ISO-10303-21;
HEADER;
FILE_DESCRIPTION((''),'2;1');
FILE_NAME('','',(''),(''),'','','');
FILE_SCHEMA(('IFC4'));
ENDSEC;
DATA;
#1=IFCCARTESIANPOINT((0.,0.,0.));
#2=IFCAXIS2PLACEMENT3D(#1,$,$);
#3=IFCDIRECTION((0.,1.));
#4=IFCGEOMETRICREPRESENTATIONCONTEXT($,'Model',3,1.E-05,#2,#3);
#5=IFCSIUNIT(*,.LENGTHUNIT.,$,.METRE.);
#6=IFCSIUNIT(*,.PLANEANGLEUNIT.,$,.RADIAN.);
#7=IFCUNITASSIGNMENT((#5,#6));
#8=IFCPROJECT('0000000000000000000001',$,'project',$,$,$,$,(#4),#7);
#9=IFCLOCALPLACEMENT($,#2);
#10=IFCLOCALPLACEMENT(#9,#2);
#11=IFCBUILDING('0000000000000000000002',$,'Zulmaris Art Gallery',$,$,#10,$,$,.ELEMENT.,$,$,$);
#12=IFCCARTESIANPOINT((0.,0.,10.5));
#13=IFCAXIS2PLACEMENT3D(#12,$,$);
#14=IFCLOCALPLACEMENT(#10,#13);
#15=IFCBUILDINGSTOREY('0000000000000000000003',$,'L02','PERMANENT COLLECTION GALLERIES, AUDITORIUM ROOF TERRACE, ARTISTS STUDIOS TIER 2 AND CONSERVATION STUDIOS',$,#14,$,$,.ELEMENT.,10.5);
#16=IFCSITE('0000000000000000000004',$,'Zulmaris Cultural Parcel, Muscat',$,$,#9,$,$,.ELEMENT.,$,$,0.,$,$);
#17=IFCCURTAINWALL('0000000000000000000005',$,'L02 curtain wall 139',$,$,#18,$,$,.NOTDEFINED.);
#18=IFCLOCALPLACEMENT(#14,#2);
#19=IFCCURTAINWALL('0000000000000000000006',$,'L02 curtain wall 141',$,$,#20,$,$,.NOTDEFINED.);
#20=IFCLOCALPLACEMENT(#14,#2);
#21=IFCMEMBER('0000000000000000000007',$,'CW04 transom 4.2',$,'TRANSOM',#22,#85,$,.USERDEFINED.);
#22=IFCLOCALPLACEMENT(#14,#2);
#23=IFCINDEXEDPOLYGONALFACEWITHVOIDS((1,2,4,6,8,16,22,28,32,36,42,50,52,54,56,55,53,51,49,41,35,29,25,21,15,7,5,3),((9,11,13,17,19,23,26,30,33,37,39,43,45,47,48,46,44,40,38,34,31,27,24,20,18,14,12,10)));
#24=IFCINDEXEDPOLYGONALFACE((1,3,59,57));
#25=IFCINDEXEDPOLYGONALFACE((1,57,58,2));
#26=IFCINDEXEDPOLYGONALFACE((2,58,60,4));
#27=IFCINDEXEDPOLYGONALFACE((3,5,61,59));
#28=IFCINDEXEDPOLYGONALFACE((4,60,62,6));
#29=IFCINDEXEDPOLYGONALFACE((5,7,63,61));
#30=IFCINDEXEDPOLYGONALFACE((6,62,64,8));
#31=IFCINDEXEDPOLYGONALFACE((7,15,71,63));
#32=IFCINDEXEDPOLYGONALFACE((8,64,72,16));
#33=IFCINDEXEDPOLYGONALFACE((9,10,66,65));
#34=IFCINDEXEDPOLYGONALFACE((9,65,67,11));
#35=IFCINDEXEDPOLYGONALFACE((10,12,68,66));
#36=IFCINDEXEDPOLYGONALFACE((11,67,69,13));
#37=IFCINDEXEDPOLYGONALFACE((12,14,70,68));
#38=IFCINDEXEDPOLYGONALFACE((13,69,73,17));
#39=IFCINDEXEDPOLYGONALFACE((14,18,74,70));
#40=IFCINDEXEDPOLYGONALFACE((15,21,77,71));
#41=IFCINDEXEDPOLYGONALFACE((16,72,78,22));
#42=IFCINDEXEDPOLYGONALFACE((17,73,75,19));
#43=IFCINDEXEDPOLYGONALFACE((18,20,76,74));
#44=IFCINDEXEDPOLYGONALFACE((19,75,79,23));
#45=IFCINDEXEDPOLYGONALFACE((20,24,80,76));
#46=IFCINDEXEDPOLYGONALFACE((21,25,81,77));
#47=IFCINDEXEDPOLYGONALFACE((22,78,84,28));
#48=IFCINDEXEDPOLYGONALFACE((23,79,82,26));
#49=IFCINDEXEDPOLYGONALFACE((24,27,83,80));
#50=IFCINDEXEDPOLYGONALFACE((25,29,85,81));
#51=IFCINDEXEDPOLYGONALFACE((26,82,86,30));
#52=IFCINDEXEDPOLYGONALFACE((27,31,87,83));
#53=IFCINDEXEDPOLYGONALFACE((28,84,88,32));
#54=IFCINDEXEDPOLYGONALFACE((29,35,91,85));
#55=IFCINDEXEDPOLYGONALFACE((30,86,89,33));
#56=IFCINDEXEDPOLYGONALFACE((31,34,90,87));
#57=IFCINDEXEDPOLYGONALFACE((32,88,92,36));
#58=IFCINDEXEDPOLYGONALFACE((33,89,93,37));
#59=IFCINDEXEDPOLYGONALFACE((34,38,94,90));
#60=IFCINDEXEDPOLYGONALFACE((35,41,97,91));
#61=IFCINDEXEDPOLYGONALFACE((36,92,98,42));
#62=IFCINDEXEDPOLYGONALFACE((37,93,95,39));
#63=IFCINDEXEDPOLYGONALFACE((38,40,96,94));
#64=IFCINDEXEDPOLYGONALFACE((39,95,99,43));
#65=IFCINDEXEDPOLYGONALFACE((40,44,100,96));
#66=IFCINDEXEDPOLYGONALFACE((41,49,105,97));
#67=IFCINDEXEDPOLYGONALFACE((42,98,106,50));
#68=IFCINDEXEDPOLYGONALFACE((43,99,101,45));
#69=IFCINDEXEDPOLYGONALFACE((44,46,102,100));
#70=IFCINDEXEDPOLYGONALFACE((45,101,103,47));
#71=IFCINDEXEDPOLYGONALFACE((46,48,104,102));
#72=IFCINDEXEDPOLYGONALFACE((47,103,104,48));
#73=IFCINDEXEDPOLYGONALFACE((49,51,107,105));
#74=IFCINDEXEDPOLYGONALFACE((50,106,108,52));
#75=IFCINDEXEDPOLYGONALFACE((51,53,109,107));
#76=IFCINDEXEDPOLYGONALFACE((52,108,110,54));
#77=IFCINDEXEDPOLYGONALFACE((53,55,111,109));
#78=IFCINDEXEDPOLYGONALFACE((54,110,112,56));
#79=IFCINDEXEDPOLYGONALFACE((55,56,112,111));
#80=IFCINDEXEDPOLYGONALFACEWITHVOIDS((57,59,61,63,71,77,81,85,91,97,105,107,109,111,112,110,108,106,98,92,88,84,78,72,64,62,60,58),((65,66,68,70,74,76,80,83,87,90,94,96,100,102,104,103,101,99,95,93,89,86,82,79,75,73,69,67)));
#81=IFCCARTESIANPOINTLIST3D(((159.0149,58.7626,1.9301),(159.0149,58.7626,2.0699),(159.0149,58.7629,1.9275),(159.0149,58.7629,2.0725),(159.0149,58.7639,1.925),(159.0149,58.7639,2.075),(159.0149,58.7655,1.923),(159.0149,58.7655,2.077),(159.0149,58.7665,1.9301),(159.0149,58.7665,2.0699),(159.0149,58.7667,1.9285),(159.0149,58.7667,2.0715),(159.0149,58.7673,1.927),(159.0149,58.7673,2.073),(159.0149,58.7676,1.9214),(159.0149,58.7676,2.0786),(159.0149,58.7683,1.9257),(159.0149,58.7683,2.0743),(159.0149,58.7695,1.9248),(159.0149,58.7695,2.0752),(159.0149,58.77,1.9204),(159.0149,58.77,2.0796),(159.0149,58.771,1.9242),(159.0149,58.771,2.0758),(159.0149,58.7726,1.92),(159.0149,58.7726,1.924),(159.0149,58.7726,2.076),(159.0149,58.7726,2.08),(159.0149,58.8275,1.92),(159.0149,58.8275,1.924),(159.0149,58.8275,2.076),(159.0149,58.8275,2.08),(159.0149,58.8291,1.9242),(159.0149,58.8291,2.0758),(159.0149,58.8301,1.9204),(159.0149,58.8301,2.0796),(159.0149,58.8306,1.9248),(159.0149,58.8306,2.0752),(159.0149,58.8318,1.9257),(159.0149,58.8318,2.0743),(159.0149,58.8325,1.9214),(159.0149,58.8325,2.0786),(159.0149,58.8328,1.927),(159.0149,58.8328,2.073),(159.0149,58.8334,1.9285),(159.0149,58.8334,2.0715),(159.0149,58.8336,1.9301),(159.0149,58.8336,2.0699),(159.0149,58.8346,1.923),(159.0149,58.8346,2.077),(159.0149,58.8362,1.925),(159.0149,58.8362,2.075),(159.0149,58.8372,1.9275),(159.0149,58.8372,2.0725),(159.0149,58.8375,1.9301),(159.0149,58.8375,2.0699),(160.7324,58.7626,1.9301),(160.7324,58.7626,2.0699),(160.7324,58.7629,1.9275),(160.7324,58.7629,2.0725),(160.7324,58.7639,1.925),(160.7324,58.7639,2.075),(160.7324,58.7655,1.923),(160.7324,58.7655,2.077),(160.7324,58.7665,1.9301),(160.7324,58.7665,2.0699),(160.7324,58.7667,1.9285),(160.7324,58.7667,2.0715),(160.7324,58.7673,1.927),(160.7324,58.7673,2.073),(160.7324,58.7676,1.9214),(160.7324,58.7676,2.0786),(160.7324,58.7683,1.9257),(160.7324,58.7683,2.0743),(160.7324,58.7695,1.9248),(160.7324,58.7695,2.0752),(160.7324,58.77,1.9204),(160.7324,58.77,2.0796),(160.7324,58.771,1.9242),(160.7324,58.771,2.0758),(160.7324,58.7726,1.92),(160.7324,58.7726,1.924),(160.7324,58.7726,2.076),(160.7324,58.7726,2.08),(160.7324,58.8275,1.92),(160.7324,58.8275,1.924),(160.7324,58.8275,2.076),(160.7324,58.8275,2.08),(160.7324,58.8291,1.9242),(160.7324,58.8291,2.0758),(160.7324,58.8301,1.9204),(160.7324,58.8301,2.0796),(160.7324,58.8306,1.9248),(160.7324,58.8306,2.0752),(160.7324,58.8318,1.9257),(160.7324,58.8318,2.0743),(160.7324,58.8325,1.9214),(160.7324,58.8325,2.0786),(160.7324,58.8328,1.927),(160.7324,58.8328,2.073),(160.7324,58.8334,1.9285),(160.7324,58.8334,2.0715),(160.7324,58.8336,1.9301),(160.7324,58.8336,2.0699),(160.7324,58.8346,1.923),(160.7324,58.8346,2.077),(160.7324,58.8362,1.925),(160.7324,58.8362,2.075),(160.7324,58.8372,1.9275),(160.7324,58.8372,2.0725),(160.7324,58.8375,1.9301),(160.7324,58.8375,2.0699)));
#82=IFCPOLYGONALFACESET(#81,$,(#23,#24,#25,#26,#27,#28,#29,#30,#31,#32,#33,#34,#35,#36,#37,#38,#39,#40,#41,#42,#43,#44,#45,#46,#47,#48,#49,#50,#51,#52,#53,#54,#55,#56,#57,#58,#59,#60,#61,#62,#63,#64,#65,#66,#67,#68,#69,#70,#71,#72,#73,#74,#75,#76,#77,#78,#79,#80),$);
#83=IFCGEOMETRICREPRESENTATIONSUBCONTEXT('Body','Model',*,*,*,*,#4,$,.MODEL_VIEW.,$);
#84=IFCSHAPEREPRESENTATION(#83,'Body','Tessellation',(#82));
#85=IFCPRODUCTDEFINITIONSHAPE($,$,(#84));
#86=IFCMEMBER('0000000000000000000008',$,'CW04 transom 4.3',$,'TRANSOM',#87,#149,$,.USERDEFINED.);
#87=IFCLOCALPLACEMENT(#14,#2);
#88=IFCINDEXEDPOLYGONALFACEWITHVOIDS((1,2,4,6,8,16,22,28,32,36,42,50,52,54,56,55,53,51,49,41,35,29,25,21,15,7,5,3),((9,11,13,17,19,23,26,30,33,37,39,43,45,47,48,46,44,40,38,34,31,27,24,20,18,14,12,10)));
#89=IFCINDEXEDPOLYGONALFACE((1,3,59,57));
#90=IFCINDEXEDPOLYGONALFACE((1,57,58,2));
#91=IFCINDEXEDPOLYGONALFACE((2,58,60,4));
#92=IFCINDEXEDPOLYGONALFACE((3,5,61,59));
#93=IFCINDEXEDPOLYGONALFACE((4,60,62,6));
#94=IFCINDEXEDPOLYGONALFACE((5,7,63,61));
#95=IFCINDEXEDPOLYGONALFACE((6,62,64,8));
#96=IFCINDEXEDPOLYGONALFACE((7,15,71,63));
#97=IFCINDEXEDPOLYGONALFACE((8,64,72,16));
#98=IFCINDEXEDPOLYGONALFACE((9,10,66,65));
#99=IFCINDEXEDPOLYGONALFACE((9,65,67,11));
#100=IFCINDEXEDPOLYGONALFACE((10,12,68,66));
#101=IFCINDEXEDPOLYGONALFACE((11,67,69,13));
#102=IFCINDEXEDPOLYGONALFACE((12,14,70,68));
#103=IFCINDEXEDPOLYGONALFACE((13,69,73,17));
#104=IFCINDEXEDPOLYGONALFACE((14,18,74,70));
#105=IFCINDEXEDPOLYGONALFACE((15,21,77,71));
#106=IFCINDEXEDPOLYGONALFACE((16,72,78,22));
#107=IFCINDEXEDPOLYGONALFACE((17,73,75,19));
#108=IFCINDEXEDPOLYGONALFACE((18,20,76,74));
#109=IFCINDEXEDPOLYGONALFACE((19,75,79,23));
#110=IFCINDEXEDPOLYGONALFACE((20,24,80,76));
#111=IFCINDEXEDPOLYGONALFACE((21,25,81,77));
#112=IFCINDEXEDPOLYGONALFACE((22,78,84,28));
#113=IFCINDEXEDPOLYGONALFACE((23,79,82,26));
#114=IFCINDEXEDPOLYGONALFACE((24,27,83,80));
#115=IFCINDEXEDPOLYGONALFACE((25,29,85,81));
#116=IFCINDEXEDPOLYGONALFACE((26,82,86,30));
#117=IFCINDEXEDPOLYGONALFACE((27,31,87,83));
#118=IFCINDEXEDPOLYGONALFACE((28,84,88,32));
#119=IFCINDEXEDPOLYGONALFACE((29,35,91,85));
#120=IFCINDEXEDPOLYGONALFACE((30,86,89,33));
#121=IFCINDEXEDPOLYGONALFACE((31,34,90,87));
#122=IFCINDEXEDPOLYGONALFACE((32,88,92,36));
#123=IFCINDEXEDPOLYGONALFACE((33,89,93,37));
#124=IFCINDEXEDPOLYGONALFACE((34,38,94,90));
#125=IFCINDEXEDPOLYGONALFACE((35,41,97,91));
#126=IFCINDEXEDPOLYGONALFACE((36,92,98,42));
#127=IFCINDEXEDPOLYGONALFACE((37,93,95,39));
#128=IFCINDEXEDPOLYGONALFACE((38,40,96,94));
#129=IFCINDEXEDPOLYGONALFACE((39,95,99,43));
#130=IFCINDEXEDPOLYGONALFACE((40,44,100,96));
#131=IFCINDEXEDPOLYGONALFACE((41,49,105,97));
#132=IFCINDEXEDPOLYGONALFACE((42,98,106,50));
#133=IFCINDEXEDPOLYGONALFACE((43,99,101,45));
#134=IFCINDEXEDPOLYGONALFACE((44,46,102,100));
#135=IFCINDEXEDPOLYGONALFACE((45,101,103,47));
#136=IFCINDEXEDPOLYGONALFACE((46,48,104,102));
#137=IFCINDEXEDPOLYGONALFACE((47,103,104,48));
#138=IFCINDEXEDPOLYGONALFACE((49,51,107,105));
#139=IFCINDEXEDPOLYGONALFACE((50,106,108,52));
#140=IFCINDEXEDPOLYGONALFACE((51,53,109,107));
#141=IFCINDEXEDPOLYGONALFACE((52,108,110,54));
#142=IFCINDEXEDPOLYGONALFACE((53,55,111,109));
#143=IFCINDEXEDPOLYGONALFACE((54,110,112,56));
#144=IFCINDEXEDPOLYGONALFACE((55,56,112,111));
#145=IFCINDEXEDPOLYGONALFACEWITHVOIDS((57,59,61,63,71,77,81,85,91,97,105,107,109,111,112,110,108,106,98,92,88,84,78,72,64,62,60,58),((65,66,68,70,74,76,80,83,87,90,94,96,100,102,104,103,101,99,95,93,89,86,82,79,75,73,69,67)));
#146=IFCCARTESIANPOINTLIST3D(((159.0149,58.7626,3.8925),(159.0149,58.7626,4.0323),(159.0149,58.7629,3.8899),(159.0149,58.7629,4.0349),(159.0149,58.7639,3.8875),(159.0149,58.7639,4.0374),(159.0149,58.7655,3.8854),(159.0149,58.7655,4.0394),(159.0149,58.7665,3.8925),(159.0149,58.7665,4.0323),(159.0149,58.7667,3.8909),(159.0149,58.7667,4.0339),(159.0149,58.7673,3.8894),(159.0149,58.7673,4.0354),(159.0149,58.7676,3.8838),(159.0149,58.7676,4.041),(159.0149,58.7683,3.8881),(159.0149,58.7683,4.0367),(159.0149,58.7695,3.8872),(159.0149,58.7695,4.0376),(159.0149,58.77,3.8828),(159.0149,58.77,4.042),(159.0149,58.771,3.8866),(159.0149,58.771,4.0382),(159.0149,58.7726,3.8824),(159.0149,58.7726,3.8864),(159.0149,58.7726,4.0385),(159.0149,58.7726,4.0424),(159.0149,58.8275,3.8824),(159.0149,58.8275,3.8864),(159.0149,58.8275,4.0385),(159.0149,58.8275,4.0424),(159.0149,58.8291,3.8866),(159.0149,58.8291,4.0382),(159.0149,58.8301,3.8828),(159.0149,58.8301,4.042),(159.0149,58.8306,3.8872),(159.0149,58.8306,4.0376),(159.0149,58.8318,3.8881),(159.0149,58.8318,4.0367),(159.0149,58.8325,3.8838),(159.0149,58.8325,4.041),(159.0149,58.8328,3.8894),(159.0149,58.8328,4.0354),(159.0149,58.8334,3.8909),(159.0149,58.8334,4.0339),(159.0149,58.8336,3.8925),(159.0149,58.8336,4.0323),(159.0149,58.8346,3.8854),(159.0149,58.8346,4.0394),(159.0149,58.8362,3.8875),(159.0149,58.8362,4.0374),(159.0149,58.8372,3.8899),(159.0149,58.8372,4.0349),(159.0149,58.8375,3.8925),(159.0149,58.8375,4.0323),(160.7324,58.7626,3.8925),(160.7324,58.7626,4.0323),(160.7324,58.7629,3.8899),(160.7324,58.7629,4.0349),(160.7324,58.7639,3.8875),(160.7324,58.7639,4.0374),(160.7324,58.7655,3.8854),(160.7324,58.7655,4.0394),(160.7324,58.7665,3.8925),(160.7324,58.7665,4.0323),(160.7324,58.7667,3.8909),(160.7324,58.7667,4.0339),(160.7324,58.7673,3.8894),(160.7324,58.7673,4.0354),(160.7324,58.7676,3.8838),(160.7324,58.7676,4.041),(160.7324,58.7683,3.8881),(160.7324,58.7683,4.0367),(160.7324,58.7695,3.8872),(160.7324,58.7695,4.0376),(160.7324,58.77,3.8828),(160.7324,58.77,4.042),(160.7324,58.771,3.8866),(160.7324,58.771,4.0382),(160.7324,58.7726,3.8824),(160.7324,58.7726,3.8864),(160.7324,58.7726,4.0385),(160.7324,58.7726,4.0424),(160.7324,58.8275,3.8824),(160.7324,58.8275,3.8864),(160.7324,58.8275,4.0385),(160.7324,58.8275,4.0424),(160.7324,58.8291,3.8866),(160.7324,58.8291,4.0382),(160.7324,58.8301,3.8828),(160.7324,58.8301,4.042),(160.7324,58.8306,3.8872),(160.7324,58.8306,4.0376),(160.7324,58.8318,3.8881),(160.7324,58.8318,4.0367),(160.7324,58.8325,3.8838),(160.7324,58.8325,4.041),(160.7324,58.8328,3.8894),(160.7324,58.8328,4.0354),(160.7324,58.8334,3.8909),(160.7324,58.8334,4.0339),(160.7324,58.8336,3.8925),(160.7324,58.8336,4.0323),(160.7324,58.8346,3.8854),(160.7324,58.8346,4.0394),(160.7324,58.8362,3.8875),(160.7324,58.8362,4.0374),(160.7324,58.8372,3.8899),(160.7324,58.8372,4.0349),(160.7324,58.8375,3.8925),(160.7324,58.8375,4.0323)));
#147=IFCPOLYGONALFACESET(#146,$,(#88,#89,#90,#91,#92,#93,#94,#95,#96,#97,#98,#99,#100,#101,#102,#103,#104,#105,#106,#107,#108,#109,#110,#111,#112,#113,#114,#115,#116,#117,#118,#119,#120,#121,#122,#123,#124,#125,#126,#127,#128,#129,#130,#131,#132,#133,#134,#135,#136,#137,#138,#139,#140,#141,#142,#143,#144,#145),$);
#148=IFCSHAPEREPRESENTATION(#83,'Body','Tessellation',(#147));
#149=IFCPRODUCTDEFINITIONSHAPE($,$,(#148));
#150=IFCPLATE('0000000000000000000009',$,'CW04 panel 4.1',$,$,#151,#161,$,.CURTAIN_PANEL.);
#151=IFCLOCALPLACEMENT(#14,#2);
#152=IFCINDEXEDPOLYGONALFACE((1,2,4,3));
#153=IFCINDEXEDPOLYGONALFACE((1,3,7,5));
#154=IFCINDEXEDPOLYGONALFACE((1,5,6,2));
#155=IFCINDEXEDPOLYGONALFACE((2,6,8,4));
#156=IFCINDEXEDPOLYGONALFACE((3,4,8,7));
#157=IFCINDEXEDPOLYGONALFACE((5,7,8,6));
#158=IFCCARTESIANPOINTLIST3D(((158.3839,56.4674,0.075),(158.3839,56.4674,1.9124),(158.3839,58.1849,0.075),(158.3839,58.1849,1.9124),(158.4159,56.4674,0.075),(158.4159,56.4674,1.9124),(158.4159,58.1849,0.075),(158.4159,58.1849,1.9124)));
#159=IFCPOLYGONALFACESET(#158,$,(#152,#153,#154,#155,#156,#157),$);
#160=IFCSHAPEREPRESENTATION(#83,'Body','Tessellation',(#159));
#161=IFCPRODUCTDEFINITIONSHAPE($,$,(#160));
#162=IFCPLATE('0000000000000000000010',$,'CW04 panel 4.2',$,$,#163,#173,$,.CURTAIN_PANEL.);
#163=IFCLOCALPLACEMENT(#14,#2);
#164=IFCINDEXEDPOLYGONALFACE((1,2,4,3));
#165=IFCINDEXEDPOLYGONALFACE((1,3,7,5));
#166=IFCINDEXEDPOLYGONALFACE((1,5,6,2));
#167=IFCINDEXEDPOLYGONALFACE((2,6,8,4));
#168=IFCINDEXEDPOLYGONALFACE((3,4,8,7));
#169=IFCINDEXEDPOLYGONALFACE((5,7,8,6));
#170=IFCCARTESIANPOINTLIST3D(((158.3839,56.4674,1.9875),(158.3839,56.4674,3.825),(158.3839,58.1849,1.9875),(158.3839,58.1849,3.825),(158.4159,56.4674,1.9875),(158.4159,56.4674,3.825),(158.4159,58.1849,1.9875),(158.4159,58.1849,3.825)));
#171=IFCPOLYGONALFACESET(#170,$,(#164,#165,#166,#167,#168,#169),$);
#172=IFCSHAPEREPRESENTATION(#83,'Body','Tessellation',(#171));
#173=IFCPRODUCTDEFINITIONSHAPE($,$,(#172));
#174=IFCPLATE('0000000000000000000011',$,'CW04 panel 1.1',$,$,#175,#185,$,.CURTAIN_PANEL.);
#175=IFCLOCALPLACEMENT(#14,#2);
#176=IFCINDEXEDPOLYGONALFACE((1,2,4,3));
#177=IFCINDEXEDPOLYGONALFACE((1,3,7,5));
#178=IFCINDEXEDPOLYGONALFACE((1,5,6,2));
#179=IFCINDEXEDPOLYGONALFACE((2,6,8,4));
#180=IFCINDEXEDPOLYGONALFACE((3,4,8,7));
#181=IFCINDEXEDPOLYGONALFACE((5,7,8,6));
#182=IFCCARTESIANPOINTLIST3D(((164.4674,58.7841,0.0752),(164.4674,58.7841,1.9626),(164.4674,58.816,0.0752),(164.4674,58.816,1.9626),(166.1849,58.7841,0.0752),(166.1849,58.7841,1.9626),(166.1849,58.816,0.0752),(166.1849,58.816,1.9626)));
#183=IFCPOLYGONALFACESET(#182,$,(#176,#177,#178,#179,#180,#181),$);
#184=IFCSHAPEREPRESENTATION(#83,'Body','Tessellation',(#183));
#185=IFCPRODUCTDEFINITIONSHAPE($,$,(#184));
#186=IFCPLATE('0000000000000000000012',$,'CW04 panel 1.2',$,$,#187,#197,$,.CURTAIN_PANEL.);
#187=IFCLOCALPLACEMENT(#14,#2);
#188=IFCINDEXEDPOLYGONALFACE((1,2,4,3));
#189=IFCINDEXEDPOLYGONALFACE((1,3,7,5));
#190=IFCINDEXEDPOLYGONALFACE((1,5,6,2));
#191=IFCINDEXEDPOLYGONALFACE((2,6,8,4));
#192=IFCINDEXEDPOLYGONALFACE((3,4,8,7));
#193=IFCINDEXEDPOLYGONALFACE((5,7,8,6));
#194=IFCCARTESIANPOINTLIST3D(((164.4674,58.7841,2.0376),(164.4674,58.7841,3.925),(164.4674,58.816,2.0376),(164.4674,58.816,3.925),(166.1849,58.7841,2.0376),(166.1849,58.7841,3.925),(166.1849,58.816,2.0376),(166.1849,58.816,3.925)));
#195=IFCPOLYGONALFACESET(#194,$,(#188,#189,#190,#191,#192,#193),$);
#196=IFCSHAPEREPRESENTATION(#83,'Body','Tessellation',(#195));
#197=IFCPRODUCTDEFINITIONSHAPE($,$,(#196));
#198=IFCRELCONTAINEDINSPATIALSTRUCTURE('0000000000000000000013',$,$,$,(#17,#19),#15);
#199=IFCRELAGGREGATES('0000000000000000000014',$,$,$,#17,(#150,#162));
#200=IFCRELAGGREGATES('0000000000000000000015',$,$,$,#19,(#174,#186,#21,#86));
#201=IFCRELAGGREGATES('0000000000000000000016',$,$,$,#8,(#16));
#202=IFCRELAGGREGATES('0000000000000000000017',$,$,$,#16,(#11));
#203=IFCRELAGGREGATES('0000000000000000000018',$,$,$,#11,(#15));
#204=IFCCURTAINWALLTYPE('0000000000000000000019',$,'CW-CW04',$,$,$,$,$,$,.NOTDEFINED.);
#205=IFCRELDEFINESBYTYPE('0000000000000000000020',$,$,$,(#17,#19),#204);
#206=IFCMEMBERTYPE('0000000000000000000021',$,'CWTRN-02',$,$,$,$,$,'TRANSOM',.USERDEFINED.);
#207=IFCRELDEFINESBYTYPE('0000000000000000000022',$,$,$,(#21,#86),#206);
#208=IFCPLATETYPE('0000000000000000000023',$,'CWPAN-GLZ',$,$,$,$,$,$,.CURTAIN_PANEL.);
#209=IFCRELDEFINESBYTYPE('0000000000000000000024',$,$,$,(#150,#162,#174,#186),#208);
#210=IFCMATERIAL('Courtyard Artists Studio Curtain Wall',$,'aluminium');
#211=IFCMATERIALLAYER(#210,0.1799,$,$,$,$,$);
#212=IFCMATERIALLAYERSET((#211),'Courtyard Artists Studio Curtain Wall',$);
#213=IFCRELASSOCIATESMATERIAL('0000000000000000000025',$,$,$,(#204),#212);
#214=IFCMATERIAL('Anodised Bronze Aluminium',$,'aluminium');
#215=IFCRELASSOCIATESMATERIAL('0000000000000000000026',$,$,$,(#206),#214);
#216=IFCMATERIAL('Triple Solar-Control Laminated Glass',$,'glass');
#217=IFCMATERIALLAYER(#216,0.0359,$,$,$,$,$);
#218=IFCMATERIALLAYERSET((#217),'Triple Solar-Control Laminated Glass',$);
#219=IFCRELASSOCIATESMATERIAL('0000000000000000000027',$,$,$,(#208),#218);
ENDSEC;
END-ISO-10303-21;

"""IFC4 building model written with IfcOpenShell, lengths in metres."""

from ifc_helpers import new_model, si_unit, direction, frame, origin, origin_2d, place, context, subcontext, project, spatial, rectangle, hollow_rectangle, extrude, material, layer, layer_set, material_profile, profile_set, type_object, element, aggregate, save


model = new_model("IFC4")

# Units and contexts
model_context = context("Model", 3, precision=1e-05, world=origin(), true_north=direction((0.0, 1.0)))
body_context = subcontext(model_context, "Body", "Model", "MODEL_VIEW")
ifc_project = project(units=[si_unit("LENGTHUNIT", "METRE"), si_unit("PLANEANGLEUNIT", "RADIAN")], contexts=[model_context])

# Site, building, storey
site_placement = place(None, origin())
site = spatial("IfcSite", under=ifc_project, at=site_placement, Name="Zulmaris Cultural Parcel, Muscat", CompositionType="ELEMENT", RefElevation=0.0)
building_placement = place(site_placement, origin())
building = spatial("IfcBuilding", under=site, at=building_placement, Name="Zulmaris Art Gallery", CompositionType="ELEMENT")
storey_placement = place(building_placement, frame((0.0, 0.0, 10.5)))
storey = spatial("IfcBuildingStorey", under=building, at=storey_placement, Name="L02", Description="PERMANENT COLLECTION GALLERIES, AUDITORIUM ROOF TERRACE, ARTISTS STUDIOS TIER 2 AND CONSERVATION STUDIOS", CompositionType="ELEMENT", Elevation=10.5)

# Curtain wall
ifc_material_1 = material(Name="Courtyard Artists Studio Curtain Wall", Category="aluminium")
ifc_layer_1 = layer(ifc_material_1, 0.1799)
ifc_layer_set_1 = layer_set([ifc_layer_1], Name="Courtyard Artists Studio Curtain Wall")
curtain_wall_type = type_object("IfcCurtainWallType", Name="CW-CW04", PredefinedType="NOTDEFINED", material=ifc_layer_set_1)
curtain_wall_1_placement = place(storey_placement, origin())
curtain_wall_1 = element("IfcCurtainWall", 1, at=curtain_wall_1_placement, inside=storey, type_object=curtain_wall_type, Name="L02 curtain wall 139", PredefinedType="NOTDEFINED")
ifc_material_2 = material(Name="Anodised Bronze Aluminium", Category="aluminium")

# Curtain wall
curtain_wall_2_placement = place(storey_placement, origin())
curtain_wall_2 = element("IfcCurtainWall", 2, at=curtain_wall_2_placement, inside=storey, type_object=curtain_wall_type, Name="L02 curtain wall 141", PredefinedType="NOTDEFINED")

# Members
ifc_material_profile_1 = material_profile(ifc_material_2, hollow_rectangle(XDim=0.075, YDim=0.1599, WallThickness=0.0039, InnerFilletRadius=0.0061, OuterFilletRadius=0.01, at=origin_2d()), Name="ALU 75x160x4")
ifc_profile_set_1 = profile_set([ifc_material_profile_1], Name="Anodised Bronze Aluminium")
member_type_1 = type_object("IfcMemberType", Name="CWTRN-02", ElementType="TRANSOM", PredefinedType="USERDEFINED", material=ifc_profile_set_1)
member_1_placement = place(storey_placement, frame((160.7324, 58.8, 2.0), z_axis=(-1.0, 0.0, 0.0), x_axis=(0.0, -1.0, 0.0)))
member_1 = element("IfcMember", 3, at=member_1_placement, type_object=member_type_1, Name="CW04 transom 4.2", ObjectType="TRANSOM", PredefinedType="USERDEFINED", context=body_context, shape_type="SweptSolid", body=[
    extrude(hollow_rectangle(XDim=0.075, YDim=0.1599, WallThickness=0.0039, InnerFilletRadius=0.0061, OuterFilletRadius=0.01, at=origin_2d()), origin(), (0.0, 0.0, 1.0), 1.7175),
])
member_2_placement = place(storey_placement, frame((160.7324, 58.8, 3.9624), z_axis=(-1.0, 0.0, 0.0), x_axis=(0.0, -1.0, 0.0)))
member_2 = element("IfcMember", 4, at=member_2_placement, type_object=member_type_1, Name="CW04 transom 4.3", ObjectType="TRANSOM", PredefinedType="USERDEFINED", context=body_context, shape_type="SweptSolid", body=[
    extrude(hollow_rectangle(XDim=0.075, YDim=0.1599, WallThickness=0.0039, InnerFilletRadius=0.0061, OuterFilletRadius=0.01, at=origin_2d()), origin(), (0.0, 0.0, 1.0), 1.7175),
])

# Plates
ifc_material_3 = material(Name="Triple Solar-Control Laminated Glass", Category="glass")
ifc_layer_2 = layer(ifc_material_3, 0.0359)
ifc_layer_set_2 = layer_set([ifc_layer_2], Name="Triple Solar-Control Laminated Glass")
plate_type = type_object("IfcPlateType", Name="CWPAN-GLZ", PredefinedType="CURTAIN_PANEL", material=ifc_layer_set_2)
plate_1_placement = place(storey_placement, frame((158.3999, 57.3262, 0.075), z_axis=(0.0, 0.0, 1.0), x_axis=(0.0, 1.0, 0.0)))
plate_1 = element("IfcPlate", 5, at=plate_1_placement, type_object=plate_type, Name="CW04 panel 4.1", PredefinedType="CURTAIN_PANEL", context=body_context, shape_type="SweptSolid", body=[
    extrude(rectangle(XDim=1.7175, YDim=0.032, at=origin_2d()), origin(), (0.0, 0.0, 1.0), 1.8374),
])
plate_2_placement = place(storey_placement, frame((158.3999, 57.3262, 1.9875), z_axis=(0.0, 0.0, 1.0), x_axis=(0.0, 1.0, 0.0)))
plate_2 = element("IfcPlate", 6, at=plate_2_placement, type_object=plate_type, Name="CW04 panel 4.2", PredefinedType="CURTAIN_PANEL", context=body_context, shape_type="SweptSolid", body=[
    extrude(rectangle(XDim=1.7175, YDim=0.032, at=origin_2d()), origin(), (0.0, 0.0, 1.0), 1.8374),
])
aggregate(curtain_wall_1, [plate_1, plate_2])
plate_3_placement = place(storey_placement, frame((165.3262, 58.8, 0.0752), z_axis=(0.0, 0.0, 1.0), x_axis=(-1.0, 0.0, 0.0)))
plate_3 = element("IfcPlate", 7, at=plate_3_placement, type_object=plate_type, Name="CW04 panel 1.1", PredefinedType="CURTAIN_PANEL", context=body_context, shape_type="SweptSolid", body=[
    extrude(rectangle(XDim=1.7175, YDim=0.032, at=origin_2d()), origin(), (0.0, 0.0, 1.0), 1.8875),
])
plate_4_placement = place(storey_placement, frame((165.3262, 58.8, 2.0376), z_axis=(0.0, 0.0, 1.0), x_axis=(-1.0, 0.0, 0.0)))
plate_4 = element("IfcPlate", 8, at=plate_4_placement, type_object=plate_type, Name="CW04 panel 1.2", PredefinedType="CURTAIN_PANEL", context=body_context, shape_type="SweptSolid", body=[
    extrude(rectangle(XDim=1.7175, YDim=0.032, at=origin_2d()), origin(), (0.0, 0.0, 1.0), 1.8875),
])
aggregate(curtain_wall_2, [plate_3, plate_4, member_1, member_2])

save(model, "model.ifc")
